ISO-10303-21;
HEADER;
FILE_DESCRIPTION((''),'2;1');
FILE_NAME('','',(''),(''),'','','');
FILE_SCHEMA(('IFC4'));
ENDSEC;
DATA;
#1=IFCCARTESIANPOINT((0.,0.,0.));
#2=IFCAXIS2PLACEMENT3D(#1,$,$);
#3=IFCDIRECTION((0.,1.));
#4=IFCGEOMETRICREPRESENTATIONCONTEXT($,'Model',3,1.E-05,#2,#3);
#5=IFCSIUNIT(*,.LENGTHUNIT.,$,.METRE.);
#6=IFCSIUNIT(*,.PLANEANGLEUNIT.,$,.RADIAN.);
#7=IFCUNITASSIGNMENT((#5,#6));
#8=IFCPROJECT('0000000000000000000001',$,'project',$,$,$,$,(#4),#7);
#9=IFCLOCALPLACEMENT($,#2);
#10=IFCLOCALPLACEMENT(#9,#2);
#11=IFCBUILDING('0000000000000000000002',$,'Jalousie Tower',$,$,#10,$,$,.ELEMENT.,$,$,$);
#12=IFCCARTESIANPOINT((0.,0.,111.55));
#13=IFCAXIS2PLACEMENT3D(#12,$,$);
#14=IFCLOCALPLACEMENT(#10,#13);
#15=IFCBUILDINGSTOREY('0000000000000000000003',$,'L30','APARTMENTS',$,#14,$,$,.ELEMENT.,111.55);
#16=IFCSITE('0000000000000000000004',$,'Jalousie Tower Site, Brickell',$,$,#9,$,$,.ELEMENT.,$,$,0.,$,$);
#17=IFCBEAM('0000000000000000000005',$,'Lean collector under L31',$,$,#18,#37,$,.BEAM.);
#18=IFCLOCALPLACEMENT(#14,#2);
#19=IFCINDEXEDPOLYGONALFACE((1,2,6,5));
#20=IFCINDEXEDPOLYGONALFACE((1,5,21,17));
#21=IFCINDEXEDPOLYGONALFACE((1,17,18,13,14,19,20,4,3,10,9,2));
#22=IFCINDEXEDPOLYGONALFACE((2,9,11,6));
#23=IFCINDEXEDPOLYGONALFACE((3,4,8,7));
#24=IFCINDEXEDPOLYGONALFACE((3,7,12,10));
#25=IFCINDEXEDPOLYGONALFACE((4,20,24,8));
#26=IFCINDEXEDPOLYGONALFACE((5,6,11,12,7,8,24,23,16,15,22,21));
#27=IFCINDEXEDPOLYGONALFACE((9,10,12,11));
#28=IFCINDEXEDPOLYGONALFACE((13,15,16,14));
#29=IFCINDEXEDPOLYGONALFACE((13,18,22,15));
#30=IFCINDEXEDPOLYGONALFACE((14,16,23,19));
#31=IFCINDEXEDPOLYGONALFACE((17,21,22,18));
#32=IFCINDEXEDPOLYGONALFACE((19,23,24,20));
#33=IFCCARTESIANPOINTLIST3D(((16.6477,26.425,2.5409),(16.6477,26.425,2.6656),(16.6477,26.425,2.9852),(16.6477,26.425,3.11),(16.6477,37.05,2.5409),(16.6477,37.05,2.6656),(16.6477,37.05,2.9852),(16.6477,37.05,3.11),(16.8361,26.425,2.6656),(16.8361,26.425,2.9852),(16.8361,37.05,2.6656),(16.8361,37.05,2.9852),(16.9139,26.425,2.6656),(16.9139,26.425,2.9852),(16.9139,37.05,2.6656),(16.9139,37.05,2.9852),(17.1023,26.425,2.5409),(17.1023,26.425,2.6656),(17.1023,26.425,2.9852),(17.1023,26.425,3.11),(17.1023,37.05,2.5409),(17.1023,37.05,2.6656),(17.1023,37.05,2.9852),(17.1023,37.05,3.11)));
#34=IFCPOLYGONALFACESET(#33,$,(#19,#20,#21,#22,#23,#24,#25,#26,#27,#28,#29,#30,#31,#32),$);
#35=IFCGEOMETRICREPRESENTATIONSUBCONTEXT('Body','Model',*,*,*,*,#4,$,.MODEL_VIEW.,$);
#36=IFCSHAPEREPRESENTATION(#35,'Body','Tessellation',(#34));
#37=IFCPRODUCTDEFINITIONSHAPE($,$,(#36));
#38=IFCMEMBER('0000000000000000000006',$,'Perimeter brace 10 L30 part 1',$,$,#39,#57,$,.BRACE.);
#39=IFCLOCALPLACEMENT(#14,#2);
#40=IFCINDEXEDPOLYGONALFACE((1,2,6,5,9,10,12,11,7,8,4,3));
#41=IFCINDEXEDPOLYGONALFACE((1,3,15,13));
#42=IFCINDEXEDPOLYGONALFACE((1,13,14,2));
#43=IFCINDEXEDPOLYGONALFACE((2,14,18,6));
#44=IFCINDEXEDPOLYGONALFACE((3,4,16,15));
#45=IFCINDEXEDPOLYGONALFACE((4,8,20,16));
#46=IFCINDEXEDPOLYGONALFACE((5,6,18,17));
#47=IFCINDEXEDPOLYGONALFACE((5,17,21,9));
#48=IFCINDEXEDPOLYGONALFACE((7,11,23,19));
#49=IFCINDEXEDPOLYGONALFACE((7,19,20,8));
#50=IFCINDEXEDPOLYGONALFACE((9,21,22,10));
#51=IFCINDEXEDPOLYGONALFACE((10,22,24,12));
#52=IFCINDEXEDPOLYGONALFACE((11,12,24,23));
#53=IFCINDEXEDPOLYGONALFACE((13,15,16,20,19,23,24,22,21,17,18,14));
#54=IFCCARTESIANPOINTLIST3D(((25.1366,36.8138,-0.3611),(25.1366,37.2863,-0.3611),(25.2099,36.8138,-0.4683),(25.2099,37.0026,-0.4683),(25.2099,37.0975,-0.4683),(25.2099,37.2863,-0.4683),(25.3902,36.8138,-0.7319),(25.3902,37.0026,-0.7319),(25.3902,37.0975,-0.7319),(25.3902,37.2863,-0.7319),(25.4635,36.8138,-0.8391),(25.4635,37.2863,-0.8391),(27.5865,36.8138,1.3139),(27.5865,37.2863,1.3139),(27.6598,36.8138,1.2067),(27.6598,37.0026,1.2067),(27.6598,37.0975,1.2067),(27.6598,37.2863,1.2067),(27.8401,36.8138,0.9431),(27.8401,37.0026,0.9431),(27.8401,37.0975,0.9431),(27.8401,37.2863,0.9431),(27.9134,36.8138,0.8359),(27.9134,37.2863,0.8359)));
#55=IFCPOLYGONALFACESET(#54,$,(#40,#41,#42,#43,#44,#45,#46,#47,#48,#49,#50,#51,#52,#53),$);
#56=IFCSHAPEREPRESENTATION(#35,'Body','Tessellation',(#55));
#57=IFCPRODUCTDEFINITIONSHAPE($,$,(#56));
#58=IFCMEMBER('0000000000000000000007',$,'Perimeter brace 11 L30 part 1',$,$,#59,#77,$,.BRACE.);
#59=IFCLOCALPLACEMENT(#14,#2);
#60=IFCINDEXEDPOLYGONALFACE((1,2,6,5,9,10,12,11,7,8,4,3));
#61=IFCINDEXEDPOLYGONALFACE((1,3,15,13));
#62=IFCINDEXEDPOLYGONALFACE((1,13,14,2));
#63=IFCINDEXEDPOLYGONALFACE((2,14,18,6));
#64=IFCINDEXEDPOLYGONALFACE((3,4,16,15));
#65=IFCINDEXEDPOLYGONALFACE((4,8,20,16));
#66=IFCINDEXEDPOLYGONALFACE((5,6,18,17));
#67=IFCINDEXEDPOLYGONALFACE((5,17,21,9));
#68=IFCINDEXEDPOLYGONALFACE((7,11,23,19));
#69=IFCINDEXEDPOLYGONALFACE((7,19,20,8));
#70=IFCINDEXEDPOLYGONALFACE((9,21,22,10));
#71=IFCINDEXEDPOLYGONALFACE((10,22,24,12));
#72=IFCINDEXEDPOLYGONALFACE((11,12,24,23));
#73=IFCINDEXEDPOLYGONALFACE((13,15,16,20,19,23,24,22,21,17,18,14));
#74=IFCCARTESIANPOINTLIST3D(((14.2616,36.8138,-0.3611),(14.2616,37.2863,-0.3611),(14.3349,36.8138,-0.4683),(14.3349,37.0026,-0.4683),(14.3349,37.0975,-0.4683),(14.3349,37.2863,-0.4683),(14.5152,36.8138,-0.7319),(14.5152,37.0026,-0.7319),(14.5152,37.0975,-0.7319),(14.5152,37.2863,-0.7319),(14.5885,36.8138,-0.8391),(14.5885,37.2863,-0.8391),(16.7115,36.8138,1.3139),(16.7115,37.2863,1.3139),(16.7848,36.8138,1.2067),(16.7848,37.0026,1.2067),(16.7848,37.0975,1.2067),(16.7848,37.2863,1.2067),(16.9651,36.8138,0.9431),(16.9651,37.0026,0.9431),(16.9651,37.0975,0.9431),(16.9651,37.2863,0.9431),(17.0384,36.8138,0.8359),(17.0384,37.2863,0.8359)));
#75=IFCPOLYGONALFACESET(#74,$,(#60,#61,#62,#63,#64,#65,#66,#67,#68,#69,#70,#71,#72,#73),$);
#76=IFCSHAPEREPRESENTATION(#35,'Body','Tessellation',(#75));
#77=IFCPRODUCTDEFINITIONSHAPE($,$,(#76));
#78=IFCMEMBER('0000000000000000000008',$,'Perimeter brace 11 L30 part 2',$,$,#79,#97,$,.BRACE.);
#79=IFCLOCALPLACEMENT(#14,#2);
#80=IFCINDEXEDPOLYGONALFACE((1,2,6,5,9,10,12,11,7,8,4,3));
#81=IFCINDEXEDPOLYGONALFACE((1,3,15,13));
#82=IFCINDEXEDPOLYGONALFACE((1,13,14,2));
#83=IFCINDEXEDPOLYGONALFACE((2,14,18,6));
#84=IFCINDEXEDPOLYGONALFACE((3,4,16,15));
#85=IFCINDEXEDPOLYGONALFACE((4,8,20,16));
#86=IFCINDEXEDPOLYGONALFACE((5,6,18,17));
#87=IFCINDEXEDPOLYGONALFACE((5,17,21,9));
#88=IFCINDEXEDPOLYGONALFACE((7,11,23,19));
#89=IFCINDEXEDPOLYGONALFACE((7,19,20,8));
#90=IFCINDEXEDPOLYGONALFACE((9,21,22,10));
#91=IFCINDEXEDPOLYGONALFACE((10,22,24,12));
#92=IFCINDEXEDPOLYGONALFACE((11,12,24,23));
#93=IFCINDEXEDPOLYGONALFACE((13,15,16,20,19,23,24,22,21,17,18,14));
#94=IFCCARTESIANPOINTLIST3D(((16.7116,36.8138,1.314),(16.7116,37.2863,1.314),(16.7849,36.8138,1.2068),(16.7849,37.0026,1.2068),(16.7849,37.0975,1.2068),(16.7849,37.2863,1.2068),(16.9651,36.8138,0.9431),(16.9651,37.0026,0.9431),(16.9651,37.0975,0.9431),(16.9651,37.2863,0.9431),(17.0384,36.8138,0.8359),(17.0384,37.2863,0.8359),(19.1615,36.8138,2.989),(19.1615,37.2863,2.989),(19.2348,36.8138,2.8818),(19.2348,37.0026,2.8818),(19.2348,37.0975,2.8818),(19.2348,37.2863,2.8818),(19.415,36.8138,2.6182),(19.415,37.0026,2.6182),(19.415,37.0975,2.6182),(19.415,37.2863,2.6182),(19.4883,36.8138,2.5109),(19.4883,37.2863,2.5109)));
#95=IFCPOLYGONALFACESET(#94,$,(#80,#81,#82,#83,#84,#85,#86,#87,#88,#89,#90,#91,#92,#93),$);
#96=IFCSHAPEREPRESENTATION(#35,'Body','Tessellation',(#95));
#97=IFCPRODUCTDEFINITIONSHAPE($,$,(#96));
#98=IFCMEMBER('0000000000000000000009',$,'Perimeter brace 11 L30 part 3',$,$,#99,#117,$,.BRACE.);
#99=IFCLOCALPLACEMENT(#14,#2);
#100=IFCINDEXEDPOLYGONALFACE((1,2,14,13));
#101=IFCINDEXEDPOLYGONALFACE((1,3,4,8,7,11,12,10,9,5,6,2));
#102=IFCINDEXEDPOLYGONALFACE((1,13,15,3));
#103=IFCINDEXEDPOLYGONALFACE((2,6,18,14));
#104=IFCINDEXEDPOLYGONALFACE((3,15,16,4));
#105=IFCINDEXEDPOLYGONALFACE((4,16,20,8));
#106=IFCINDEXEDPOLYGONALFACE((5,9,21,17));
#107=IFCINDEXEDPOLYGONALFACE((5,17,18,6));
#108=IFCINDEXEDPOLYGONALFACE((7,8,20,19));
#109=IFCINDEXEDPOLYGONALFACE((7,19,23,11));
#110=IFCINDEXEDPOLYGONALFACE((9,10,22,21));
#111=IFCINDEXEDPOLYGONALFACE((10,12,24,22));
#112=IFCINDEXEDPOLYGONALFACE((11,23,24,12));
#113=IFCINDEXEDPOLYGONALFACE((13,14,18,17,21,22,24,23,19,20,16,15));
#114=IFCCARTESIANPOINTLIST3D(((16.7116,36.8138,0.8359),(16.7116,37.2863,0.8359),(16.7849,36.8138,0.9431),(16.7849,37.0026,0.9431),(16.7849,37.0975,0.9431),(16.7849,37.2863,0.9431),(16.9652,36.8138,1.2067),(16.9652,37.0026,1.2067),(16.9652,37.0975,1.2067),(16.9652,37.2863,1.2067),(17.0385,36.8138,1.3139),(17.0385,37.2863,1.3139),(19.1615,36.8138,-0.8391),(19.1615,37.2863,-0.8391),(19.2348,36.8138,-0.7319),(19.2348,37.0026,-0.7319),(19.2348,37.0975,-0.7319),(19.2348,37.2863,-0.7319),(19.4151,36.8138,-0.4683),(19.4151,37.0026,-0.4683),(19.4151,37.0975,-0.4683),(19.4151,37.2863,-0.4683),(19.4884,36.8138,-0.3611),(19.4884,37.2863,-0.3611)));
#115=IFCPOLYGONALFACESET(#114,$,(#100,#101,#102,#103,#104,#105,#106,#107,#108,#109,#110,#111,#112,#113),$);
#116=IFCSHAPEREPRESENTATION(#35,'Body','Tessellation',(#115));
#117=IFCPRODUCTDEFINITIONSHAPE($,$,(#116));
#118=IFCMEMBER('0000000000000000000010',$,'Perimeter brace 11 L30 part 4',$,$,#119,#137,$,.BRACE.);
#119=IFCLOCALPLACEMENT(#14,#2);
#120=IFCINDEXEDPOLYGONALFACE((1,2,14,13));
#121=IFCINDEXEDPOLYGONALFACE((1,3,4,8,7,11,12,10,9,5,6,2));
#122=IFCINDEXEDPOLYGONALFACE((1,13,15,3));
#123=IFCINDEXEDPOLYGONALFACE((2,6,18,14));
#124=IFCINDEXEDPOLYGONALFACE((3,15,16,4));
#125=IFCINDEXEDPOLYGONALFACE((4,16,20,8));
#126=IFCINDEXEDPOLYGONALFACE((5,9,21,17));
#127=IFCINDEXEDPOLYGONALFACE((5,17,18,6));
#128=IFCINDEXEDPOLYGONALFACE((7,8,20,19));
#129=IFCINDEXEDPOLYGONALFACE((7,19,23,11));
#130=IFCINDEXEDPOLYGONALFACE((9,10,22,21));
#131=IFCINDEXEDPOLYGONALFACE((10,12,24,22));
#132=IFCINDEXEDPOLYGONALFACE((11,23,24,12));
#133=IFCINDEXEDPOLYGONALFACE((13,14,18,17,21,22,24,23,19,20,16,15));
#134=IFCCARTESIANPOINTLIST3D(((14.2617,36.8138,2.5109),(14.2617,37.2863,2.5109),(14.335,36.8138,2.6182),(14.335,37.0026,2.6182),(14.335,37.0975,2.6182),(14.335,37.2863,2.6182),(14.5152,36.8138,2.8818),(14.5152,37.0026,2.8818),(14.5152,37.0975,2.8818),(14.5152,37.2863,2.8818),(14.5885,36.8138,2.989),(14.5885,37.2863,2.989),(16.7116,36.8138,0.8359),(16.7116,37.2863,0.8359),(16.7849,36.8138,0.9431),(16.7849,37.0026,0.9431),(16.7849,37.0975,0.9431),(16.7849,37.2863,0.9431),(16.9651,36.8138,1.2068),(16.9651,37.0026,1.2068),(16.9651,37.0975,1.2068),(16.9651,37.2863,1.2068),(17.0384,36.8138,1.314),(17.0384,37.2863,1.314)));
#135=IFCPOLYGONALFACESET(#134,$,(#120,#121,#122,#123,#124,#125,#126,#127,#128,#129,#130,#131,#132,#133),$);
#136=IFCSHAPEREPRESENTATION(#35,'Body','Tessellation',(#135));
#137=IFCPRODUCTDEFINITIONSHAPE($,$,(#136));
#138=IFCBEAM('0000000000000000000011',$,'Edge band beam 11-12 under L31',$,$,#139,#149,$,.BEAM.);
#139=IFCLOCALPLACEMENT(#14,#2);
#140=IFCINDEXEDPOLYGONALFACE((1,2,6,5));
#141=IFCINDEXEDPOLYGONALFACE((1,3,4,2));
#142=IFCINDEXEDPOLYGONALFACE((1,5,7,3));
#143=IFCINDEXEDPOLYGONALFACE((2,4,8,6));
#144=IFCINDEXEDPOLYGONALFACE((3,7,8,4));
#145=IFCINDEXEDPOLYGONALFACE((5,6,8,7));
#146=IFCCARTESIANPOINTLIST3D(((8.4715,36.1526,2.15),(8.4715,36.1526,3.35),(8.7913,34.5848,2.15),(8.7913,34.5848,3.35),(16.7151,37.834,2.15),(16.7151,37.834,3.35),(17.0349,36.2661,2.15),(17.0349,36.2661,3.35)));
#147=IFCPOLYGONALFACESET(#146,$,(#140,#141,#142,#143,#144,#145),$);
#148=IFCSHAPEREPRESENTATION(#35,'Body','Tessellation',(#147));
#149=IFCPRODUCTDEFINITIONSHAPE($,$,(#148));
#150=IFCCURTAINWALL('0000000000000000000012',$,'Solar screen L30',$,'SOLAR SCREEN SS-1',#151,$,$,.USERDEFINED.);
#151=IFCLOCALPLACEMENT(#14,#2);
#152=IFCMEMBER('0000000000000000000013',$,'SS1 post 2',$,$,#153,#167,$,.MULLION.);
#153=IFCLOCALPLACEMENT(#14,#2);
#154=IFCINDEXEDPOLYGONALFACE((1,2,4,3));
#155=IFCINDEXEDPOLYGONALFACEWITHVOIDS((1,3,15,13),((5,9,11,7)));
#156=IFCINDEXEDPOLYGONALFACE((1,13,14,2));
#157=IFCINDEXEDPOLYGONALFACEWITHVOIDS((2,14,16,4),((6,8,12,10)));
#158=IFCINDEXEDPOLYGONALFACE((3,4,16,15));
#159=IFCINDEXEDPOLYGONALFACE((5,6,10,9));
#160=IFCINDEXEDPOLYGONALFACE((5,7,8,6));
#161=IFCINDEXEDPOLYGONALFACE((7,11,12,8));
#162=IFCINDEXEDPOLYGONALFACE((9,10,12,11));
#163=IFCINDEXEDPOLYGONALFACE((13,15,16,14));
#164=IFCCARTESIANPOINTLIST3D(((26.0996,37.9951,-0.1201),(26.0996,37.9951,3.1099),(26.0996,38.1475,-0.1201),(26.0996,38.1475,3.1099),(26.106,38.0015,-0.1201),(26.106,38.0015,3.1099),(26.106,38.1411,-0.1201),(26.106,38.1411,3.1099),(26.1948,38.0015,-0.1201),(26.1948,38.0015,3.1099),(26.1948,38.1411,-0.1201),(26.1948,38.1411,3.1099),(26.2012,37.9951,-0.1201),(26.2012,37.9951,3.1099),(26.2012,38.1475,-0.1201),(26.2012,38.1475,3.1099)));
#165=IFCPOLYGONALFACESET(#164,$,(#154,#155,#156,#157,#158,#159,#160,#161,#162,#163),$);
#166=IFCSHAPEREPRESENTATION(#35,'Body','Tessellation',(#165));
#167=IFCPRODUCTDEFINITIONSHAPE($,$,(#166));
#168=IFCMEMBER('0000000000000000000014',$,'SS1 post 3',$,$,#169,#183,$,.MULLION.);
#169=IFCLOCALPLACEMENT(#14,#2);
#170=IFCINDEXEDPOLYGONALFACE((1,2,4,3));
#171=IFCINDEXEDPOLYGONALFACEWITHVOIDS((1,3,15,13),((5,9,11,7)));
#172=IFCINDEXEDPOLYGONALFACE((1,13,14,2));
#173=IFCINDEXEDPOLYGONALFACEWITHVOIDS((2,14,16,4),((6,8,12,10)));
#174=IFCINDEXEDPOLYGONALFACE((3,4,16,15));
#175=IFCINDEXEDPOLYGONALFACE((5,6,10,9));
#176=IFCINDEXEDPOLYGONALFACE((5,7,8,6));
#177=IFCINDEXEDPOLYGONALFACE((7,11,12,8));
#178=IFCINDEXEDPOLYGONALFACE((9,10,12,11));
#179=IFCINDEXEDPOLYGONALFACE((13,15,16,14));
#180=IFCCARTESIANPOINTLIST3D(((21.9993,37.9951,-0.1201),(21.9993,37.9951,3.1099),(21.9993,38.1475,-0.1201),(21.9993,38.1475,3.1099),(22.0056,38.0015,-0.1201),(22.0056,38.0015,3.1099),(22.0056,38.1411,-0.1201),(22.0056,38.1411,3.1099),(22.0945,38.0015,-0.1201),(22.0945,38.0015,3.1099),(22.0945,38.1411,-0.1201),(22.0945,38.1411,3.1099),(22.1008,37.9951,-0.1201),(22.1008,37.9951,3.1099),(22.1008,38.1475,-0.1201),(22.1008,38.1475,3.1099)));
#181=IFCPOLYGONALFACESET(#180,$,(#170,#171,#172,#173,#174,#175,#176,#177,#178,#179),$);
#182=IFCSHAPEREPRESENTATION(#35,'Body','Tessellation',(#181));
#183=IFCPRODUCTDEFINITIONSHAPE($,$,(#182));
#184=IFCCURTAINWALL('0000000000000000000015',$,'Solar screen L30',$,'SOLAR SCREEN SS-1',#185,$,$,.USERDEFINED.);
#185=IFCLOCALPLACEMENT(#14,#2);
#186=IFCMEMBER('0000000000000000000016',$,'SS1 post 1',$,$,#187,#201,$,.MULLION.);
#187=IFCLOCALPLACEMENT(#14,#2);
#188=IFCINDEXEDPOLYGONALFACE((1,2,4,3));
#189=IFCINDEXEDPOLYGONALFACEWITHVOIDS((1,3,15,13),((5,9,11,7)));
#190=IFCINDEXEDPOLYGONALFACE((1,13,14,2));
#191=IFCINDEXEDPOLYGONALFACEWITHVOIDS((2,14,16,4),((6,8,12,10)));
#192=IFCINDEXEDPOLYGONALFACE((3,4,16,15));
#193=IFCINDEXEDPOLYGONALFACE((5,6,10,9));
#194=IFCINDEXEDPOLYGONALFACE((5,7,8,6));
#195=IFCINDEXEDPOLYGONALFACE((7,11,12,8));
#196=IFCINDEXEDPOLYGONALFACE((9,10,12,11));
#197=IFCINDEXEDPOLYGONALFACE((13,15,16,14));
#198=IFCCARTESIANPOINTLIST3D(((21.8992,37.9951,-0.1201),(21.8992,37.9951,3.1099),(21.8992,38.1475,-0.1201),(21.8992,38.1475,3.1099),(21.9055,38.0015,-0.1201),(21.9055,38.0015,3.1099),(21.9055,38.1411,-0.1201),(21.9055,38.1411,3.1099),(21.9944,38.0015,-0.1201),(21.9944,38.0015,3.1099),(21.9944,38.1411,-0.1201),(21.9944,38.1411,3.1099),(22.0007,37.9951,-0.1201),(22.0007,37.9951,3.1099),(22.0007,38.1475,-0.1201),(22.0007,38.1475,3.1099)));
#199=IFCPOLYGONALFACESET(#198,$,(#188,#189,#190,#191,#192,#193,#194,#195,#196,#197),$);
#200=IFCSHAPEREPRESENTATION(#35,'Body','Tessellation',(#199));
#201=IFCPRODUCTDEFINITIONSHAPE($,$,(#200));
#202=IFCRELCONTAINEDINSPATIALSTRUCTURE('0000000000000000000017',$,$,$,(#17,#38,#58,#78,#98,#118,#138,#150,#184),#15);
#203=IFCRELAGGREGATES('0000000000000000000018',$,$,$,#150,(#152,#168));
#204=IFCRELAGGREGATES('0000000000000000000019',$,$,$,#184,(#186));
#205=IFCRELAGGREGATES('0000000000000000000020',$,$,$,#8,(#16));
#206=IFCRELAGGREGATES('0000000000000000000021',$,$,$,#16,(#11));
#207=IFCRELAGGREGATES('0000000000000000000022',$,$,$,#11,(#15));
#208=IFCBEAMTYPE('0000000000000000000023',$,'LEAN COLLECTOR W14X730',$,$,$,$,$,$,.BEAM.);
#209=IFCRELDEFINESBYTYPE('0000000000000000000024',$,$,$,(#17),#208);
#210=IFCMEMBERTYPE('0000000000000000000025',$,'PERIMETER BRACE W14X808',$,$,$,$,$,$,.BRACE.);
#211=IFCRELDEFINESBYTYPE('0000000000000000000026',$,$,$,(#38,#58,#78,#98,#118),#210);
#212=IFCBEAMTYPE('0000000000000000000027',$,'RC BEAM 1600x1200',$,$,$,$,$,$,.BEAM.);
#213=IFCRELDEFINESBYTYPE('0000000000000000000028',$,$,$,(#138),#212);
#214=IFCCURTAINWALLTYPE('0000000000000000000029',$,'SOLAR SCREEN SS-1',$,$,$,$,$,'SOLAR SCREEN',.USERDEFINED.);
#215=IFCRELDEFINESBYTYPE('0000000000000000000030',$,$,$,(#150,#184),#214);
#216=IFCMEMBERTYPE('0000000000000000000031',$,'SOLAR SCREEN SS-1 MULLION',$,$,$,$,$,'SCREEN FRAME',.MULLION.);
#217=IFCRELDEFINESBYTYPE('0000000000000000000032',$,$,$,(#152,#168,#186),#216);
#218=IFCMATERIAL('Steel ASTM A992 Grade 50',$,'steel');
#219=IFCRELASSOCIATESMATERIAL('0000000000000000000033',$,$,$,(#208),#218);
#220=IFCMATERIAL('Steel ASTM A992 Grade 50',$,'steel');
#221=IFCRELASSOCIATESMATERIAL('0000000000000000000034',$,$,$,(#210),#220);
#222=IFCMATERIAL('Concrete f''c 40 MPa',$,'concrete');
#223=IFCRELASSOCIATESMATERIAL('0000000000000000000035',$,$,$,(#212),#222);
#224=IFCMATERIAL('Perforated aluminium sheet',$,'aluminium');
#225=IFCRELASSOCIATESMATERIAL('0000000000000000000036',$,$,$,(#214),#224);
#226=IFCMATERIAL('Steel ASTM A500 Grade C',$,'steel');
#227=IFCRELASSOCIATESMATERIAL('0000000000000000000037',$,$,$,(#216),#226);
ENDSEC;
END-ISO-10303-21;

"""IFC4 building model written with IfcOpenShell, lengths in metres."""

from ifc_helpers import new_model, si_unit, direction, frame, origin, origin_2d, place, context, subcontext, project, spatial, rectangle, hollow_rectangle, i_section, extrude, material, material_profile, profile_set, type_object, element, aggregate, save


model = new_model("IFC4")

# Units and contexts
model_context = context("Model", 3, precision=1e-05, world=origin(), true_north=direction((0.0, 1.0)))
body_context = subcontext(model_context, "Body", "Model", "MODEL_VIEW")
ifc_project = project(units=[si_unit("LENGTHUNIT", "METRE"), si_unit("PLANEANGLEUNIT", "RADIAN")], contexts=[model_context])

# Site, building, storey
site_placement = place(None, origin())
site = spatial("IfcSite", under=ifc_project, at=site_placement, Name="Jalousie Tower Site, Brickell", CompositionType="ELEMENT", RefElevation=0.0)
building_placement = place(site_placement, origin())
building = spatial("IfcBuilding", under=site, at=building_placement, Name="Jalousie Tower", CompositionType="ELEMENT")
storey_placement = place(building_placement, frame((0.0, 0.0, 111.55)))
storey = spatial("IfcBuildingStorey", under=building, at=storey_placement, Name="L30", Description="APARTMENTS", CompositionType="ELEMENT", Elevation=111.55)

# Beam
ifc_material_1 = material(Name="Steel ASTM A992 Grade 50", Category="steel")
ifc_material_profile_1 = material_profile(ifc_material_1, i_section(OverallWidth=0.4546, OverallDepth=0.5691, WebThickness=0.0779, FlangeThickness=0.1248, at=origin_2d()), Name="W14X730")
ifc_profile_set_1 = profile_set([ifc_material_profile_1], Name="Steel ASTM A992 Grade 50")
beam_type_1 = type_object("IfcBeamType", Name="LEAN COLLECTOR W14X730", PredefinedType="BEAM", material=ifc_profile_set_1)
beam_1_placement = place(storey_placement, frame((16.875, 37.05, 2.8254), z_axis=(0.0, -1.0, 0.0), x_axis=(1.0, 0.0, 0.0)))
element("IfcBeam", 1, at=beam_1_placement, inside=storey, type_object=beam_type_1, Name="Lean collector under L31", PredefinedType="BEAM", context=body_context, shape_type="SweptSolid", body=[
    extrude(i_section(OverallWidth=0.4546, OverallDepth=0.5691, WebThickness=0.0779, FlangeThickness=0.1248, at=origin_2d()), origin(), (0.0, 0.0, 1.0), 10.625),
])

# Members
ifc_material_2 = material(Name="Steel ASTM A992 Grade 50", Category="steel")
ifc_material_profile_2 = material_profile(ifc_material_2, i_section(OverallWidth=0.4724, OverallDepth=0.5791, WebThickness=0.095, FlangeThickness=0.1299, at=origin_2d()), Name="W14X808")
ifc_profile_set_2 = profile_set([ifc_material_profile_2], Name="Steel ASTM A992 Grade 50")
member_type_1 = type_object("IfcMemberType", Name="PERIMETER BRACE W14X808", PredefinedType="BRACE", material=ifc_profile_set_2)
for number, where, z_axis, x_axis, name in (
    (2, (25.3, 37.05, -0.6001), (0.825501, 0.0, 0.564401), (0.0, 1.0, 0.0), "Perimeter brace 10 L30 part 1"),
    (3, (14.425, 37.05, -0.6001), (0.825501, 0.0, 0.564401), (0.0, 1.0, 0.0), "Perimeter brace 11 L30 part 1"),
    (4, (16.875, 37.05, 1.075), (0.825501, 0.0, 0.564401), (0.0, 1.0, 0.0), "Perimeter brace 11 L30 part 2"),
    (5, (19.325, 37.05, -0.6001), (-0.825501, 0.0, 0.564401), (0.0, -1.0, 0.0), "Perimeter brace 11 L30 part 3"),
    (6, (16.875, 37.05, 1.075), (-0.825501, 0.0, 0.564401), (0.0, -1.0, 0.0), "Perimeter brace 11 L30 part 4"),
):
    element("IfcMember", number, at=place(storey_placement, frame(where, z_axis=z_axis, x_axis=x_axis)), inside=storey, type_object=member_type_1, Name=name, PredefinedType="BRACE", context=body_context, shape_type="SweptSolid", body=[
        extrude(i_section(OverallWidth=0.4724, OverallDepth=0.5791, WebThickness=0.095, FlangeThickness=0.1299, at=origin_2d()), origin(), (0.0, 0.0, 1.0), 2.9678),
    ])

# Beam
ifc_material_3 = material(Name="Concrete f'c 40 MPa", Category="concrete")
ifc_material_profile_3 = material_profile(ifc_material_3, rectangle(XDim=1.6001, YDim=1.2, at=origin_2d()), Name="RC 1600x1200")
ifc_profile_set_3 = profile_set([ifc_material_profile_3], Name="Concrete f'c 40 MPa")
beam_type_2 = type_object("IfcBeamType", Name="RC BEAM 1600x1200", PredefinedType="BEAM", material=ifc_profile_set_3)
beam_2_placement = place(storey_placement, frame((16.875, 37.05, 2.75), z_axis=(-0.979827, -0.199848, 0.0), x_axis=(0.199848, -0.979827, 0.0)))
element("IfcBeam", 7, at=beam_2_placement, inside=storey, type_object=beam_type_2, Name="Edge band beam 11-12 under L31", PredefinedType="BEAM", context=body_context, shape_type="SweptSolid", body=[
    extrude(rectangle(XDim=1.6001, YDim=1.2, at=origin_2d()), origin(), (0.0, 0.0, 1.0), 8.4133),
])

# Curtain walls, members
ifc_material_4 = material(Name="Perforated aluminium sheet", Category="aluminium")
curtain_wall_type = type_object("IfcCurtainWallType", Name="SOLAR SCREEN SS-1", ElementType="SOLAR SCREEN", PredefinedType="USERDEFINED", material=ifc_material_4)
curtain_wall_1_placement = place(storey_placement, origin())
curtain_wall_1 = element("IfcCurtainWall", 8, at=curtain_wall_1_placement, inside=storey, type_object=curtain_wall_type, Name="Solar screen L30", ObjectType="SOLAR SCREEN SS-1", PredefinedType="USERDEFINED")
ifc_material_5 = material(Name="Steel ASTM A500 Grade C", Category="steel")
ifc_material_profile_4 = material_profile(ifc_material_5, hollow_rectangle(XDim=0.1016, YDim=0.1523, WallThickness=0.0063, at=origin_2d()), Name="HSS6X4X1/4")
ifc_profile_set_4 = profile_set([ifc_material_profile_4], Name="Steel ASTM A500 Grade C")
member_type_2 = type_object("IfcMemberType", Name="SOLAR SCREEN SS-1 MULLION", ElementType="SCREEN FRAME", PredefinedType="MULLION", material=ifc_profile_set_4)
member_1_placement = place(storey_placement, frame((26.1504, 38.0713, -0.1201), z_axis=(0.0, 0.0, 1.0), x_axis=(-1.0, 0.0, 0.0)))
member_1 = element("IfcMember", 9, at=member_1_placement, type_object=member_type_2, Name="SS1 post 2", PredefinedType="MULLION", context=body_context, shape_type="SweptSolid", body=[
    extrude(hollow_rectangle(XDim=0.1016, YDim=0.1523, WallThickness=0.0063, at=origin_2d()), origin(), (0.0, 0.0, 1.0), 3.23),
])
member_2_placement = place(storey_placement, frame((22.05, 38.0713, -0.1201), z_axis=(0.0, 0.0, 1.0), x_axis=(-1.0, 0.0, 0.0)))
member_2 = element("IfcMember", 10, at=member_2_placement, type_object=member_type_2, Name="SS1 post 3", PredefinedType="MULLION", context=body_context, shape_type="SweptSolid", body=[
    extrude(hollow_rectangle(XDim=0.1016, YDim=0.1523, WallThickness=0.0063, at=origin_2d()), origin(), (0.0, 0.0, 1.0), 3.23),
])
curtain_wall_2_placement = place(storey_placement, origin())
curtain_wall_2 = element("IfcCurtainWall", 11, at=curtain_wall_2_placement, inside=storey, type_object=curtain_wall_type, Name="Solar screen L30", ObjectType="SOLAR SCREEN SS-1", PredefinedType="USERDEFINED")
member_3_placement = place(storey_placement, frame((21.95, 38.0713, -0.1201), z_axis=(0.0, 0.0, 1.0), x_axis=(-1.0, 0.0, 0.0)))
member_3 = element("IfcMember", 12, at=member_3_placement, type_object=member_type_2, Name="SS1 post 1", PredefinedType="MULLION", context=body_context, shape_type="SweptSolid", body=[
    extrude(hollow_rectangle(XDim=0.1016, YDim=0.1523, WallThickness=0.0063, at=origin_2d()), origin(), (0.0, 0.0, 1.0), 3.23),
])

aggregate(curtain_wall_1, [member_1, member_2])
aggregate(curtain_wall_2, [member_3])

save(model, "model.ifc")
